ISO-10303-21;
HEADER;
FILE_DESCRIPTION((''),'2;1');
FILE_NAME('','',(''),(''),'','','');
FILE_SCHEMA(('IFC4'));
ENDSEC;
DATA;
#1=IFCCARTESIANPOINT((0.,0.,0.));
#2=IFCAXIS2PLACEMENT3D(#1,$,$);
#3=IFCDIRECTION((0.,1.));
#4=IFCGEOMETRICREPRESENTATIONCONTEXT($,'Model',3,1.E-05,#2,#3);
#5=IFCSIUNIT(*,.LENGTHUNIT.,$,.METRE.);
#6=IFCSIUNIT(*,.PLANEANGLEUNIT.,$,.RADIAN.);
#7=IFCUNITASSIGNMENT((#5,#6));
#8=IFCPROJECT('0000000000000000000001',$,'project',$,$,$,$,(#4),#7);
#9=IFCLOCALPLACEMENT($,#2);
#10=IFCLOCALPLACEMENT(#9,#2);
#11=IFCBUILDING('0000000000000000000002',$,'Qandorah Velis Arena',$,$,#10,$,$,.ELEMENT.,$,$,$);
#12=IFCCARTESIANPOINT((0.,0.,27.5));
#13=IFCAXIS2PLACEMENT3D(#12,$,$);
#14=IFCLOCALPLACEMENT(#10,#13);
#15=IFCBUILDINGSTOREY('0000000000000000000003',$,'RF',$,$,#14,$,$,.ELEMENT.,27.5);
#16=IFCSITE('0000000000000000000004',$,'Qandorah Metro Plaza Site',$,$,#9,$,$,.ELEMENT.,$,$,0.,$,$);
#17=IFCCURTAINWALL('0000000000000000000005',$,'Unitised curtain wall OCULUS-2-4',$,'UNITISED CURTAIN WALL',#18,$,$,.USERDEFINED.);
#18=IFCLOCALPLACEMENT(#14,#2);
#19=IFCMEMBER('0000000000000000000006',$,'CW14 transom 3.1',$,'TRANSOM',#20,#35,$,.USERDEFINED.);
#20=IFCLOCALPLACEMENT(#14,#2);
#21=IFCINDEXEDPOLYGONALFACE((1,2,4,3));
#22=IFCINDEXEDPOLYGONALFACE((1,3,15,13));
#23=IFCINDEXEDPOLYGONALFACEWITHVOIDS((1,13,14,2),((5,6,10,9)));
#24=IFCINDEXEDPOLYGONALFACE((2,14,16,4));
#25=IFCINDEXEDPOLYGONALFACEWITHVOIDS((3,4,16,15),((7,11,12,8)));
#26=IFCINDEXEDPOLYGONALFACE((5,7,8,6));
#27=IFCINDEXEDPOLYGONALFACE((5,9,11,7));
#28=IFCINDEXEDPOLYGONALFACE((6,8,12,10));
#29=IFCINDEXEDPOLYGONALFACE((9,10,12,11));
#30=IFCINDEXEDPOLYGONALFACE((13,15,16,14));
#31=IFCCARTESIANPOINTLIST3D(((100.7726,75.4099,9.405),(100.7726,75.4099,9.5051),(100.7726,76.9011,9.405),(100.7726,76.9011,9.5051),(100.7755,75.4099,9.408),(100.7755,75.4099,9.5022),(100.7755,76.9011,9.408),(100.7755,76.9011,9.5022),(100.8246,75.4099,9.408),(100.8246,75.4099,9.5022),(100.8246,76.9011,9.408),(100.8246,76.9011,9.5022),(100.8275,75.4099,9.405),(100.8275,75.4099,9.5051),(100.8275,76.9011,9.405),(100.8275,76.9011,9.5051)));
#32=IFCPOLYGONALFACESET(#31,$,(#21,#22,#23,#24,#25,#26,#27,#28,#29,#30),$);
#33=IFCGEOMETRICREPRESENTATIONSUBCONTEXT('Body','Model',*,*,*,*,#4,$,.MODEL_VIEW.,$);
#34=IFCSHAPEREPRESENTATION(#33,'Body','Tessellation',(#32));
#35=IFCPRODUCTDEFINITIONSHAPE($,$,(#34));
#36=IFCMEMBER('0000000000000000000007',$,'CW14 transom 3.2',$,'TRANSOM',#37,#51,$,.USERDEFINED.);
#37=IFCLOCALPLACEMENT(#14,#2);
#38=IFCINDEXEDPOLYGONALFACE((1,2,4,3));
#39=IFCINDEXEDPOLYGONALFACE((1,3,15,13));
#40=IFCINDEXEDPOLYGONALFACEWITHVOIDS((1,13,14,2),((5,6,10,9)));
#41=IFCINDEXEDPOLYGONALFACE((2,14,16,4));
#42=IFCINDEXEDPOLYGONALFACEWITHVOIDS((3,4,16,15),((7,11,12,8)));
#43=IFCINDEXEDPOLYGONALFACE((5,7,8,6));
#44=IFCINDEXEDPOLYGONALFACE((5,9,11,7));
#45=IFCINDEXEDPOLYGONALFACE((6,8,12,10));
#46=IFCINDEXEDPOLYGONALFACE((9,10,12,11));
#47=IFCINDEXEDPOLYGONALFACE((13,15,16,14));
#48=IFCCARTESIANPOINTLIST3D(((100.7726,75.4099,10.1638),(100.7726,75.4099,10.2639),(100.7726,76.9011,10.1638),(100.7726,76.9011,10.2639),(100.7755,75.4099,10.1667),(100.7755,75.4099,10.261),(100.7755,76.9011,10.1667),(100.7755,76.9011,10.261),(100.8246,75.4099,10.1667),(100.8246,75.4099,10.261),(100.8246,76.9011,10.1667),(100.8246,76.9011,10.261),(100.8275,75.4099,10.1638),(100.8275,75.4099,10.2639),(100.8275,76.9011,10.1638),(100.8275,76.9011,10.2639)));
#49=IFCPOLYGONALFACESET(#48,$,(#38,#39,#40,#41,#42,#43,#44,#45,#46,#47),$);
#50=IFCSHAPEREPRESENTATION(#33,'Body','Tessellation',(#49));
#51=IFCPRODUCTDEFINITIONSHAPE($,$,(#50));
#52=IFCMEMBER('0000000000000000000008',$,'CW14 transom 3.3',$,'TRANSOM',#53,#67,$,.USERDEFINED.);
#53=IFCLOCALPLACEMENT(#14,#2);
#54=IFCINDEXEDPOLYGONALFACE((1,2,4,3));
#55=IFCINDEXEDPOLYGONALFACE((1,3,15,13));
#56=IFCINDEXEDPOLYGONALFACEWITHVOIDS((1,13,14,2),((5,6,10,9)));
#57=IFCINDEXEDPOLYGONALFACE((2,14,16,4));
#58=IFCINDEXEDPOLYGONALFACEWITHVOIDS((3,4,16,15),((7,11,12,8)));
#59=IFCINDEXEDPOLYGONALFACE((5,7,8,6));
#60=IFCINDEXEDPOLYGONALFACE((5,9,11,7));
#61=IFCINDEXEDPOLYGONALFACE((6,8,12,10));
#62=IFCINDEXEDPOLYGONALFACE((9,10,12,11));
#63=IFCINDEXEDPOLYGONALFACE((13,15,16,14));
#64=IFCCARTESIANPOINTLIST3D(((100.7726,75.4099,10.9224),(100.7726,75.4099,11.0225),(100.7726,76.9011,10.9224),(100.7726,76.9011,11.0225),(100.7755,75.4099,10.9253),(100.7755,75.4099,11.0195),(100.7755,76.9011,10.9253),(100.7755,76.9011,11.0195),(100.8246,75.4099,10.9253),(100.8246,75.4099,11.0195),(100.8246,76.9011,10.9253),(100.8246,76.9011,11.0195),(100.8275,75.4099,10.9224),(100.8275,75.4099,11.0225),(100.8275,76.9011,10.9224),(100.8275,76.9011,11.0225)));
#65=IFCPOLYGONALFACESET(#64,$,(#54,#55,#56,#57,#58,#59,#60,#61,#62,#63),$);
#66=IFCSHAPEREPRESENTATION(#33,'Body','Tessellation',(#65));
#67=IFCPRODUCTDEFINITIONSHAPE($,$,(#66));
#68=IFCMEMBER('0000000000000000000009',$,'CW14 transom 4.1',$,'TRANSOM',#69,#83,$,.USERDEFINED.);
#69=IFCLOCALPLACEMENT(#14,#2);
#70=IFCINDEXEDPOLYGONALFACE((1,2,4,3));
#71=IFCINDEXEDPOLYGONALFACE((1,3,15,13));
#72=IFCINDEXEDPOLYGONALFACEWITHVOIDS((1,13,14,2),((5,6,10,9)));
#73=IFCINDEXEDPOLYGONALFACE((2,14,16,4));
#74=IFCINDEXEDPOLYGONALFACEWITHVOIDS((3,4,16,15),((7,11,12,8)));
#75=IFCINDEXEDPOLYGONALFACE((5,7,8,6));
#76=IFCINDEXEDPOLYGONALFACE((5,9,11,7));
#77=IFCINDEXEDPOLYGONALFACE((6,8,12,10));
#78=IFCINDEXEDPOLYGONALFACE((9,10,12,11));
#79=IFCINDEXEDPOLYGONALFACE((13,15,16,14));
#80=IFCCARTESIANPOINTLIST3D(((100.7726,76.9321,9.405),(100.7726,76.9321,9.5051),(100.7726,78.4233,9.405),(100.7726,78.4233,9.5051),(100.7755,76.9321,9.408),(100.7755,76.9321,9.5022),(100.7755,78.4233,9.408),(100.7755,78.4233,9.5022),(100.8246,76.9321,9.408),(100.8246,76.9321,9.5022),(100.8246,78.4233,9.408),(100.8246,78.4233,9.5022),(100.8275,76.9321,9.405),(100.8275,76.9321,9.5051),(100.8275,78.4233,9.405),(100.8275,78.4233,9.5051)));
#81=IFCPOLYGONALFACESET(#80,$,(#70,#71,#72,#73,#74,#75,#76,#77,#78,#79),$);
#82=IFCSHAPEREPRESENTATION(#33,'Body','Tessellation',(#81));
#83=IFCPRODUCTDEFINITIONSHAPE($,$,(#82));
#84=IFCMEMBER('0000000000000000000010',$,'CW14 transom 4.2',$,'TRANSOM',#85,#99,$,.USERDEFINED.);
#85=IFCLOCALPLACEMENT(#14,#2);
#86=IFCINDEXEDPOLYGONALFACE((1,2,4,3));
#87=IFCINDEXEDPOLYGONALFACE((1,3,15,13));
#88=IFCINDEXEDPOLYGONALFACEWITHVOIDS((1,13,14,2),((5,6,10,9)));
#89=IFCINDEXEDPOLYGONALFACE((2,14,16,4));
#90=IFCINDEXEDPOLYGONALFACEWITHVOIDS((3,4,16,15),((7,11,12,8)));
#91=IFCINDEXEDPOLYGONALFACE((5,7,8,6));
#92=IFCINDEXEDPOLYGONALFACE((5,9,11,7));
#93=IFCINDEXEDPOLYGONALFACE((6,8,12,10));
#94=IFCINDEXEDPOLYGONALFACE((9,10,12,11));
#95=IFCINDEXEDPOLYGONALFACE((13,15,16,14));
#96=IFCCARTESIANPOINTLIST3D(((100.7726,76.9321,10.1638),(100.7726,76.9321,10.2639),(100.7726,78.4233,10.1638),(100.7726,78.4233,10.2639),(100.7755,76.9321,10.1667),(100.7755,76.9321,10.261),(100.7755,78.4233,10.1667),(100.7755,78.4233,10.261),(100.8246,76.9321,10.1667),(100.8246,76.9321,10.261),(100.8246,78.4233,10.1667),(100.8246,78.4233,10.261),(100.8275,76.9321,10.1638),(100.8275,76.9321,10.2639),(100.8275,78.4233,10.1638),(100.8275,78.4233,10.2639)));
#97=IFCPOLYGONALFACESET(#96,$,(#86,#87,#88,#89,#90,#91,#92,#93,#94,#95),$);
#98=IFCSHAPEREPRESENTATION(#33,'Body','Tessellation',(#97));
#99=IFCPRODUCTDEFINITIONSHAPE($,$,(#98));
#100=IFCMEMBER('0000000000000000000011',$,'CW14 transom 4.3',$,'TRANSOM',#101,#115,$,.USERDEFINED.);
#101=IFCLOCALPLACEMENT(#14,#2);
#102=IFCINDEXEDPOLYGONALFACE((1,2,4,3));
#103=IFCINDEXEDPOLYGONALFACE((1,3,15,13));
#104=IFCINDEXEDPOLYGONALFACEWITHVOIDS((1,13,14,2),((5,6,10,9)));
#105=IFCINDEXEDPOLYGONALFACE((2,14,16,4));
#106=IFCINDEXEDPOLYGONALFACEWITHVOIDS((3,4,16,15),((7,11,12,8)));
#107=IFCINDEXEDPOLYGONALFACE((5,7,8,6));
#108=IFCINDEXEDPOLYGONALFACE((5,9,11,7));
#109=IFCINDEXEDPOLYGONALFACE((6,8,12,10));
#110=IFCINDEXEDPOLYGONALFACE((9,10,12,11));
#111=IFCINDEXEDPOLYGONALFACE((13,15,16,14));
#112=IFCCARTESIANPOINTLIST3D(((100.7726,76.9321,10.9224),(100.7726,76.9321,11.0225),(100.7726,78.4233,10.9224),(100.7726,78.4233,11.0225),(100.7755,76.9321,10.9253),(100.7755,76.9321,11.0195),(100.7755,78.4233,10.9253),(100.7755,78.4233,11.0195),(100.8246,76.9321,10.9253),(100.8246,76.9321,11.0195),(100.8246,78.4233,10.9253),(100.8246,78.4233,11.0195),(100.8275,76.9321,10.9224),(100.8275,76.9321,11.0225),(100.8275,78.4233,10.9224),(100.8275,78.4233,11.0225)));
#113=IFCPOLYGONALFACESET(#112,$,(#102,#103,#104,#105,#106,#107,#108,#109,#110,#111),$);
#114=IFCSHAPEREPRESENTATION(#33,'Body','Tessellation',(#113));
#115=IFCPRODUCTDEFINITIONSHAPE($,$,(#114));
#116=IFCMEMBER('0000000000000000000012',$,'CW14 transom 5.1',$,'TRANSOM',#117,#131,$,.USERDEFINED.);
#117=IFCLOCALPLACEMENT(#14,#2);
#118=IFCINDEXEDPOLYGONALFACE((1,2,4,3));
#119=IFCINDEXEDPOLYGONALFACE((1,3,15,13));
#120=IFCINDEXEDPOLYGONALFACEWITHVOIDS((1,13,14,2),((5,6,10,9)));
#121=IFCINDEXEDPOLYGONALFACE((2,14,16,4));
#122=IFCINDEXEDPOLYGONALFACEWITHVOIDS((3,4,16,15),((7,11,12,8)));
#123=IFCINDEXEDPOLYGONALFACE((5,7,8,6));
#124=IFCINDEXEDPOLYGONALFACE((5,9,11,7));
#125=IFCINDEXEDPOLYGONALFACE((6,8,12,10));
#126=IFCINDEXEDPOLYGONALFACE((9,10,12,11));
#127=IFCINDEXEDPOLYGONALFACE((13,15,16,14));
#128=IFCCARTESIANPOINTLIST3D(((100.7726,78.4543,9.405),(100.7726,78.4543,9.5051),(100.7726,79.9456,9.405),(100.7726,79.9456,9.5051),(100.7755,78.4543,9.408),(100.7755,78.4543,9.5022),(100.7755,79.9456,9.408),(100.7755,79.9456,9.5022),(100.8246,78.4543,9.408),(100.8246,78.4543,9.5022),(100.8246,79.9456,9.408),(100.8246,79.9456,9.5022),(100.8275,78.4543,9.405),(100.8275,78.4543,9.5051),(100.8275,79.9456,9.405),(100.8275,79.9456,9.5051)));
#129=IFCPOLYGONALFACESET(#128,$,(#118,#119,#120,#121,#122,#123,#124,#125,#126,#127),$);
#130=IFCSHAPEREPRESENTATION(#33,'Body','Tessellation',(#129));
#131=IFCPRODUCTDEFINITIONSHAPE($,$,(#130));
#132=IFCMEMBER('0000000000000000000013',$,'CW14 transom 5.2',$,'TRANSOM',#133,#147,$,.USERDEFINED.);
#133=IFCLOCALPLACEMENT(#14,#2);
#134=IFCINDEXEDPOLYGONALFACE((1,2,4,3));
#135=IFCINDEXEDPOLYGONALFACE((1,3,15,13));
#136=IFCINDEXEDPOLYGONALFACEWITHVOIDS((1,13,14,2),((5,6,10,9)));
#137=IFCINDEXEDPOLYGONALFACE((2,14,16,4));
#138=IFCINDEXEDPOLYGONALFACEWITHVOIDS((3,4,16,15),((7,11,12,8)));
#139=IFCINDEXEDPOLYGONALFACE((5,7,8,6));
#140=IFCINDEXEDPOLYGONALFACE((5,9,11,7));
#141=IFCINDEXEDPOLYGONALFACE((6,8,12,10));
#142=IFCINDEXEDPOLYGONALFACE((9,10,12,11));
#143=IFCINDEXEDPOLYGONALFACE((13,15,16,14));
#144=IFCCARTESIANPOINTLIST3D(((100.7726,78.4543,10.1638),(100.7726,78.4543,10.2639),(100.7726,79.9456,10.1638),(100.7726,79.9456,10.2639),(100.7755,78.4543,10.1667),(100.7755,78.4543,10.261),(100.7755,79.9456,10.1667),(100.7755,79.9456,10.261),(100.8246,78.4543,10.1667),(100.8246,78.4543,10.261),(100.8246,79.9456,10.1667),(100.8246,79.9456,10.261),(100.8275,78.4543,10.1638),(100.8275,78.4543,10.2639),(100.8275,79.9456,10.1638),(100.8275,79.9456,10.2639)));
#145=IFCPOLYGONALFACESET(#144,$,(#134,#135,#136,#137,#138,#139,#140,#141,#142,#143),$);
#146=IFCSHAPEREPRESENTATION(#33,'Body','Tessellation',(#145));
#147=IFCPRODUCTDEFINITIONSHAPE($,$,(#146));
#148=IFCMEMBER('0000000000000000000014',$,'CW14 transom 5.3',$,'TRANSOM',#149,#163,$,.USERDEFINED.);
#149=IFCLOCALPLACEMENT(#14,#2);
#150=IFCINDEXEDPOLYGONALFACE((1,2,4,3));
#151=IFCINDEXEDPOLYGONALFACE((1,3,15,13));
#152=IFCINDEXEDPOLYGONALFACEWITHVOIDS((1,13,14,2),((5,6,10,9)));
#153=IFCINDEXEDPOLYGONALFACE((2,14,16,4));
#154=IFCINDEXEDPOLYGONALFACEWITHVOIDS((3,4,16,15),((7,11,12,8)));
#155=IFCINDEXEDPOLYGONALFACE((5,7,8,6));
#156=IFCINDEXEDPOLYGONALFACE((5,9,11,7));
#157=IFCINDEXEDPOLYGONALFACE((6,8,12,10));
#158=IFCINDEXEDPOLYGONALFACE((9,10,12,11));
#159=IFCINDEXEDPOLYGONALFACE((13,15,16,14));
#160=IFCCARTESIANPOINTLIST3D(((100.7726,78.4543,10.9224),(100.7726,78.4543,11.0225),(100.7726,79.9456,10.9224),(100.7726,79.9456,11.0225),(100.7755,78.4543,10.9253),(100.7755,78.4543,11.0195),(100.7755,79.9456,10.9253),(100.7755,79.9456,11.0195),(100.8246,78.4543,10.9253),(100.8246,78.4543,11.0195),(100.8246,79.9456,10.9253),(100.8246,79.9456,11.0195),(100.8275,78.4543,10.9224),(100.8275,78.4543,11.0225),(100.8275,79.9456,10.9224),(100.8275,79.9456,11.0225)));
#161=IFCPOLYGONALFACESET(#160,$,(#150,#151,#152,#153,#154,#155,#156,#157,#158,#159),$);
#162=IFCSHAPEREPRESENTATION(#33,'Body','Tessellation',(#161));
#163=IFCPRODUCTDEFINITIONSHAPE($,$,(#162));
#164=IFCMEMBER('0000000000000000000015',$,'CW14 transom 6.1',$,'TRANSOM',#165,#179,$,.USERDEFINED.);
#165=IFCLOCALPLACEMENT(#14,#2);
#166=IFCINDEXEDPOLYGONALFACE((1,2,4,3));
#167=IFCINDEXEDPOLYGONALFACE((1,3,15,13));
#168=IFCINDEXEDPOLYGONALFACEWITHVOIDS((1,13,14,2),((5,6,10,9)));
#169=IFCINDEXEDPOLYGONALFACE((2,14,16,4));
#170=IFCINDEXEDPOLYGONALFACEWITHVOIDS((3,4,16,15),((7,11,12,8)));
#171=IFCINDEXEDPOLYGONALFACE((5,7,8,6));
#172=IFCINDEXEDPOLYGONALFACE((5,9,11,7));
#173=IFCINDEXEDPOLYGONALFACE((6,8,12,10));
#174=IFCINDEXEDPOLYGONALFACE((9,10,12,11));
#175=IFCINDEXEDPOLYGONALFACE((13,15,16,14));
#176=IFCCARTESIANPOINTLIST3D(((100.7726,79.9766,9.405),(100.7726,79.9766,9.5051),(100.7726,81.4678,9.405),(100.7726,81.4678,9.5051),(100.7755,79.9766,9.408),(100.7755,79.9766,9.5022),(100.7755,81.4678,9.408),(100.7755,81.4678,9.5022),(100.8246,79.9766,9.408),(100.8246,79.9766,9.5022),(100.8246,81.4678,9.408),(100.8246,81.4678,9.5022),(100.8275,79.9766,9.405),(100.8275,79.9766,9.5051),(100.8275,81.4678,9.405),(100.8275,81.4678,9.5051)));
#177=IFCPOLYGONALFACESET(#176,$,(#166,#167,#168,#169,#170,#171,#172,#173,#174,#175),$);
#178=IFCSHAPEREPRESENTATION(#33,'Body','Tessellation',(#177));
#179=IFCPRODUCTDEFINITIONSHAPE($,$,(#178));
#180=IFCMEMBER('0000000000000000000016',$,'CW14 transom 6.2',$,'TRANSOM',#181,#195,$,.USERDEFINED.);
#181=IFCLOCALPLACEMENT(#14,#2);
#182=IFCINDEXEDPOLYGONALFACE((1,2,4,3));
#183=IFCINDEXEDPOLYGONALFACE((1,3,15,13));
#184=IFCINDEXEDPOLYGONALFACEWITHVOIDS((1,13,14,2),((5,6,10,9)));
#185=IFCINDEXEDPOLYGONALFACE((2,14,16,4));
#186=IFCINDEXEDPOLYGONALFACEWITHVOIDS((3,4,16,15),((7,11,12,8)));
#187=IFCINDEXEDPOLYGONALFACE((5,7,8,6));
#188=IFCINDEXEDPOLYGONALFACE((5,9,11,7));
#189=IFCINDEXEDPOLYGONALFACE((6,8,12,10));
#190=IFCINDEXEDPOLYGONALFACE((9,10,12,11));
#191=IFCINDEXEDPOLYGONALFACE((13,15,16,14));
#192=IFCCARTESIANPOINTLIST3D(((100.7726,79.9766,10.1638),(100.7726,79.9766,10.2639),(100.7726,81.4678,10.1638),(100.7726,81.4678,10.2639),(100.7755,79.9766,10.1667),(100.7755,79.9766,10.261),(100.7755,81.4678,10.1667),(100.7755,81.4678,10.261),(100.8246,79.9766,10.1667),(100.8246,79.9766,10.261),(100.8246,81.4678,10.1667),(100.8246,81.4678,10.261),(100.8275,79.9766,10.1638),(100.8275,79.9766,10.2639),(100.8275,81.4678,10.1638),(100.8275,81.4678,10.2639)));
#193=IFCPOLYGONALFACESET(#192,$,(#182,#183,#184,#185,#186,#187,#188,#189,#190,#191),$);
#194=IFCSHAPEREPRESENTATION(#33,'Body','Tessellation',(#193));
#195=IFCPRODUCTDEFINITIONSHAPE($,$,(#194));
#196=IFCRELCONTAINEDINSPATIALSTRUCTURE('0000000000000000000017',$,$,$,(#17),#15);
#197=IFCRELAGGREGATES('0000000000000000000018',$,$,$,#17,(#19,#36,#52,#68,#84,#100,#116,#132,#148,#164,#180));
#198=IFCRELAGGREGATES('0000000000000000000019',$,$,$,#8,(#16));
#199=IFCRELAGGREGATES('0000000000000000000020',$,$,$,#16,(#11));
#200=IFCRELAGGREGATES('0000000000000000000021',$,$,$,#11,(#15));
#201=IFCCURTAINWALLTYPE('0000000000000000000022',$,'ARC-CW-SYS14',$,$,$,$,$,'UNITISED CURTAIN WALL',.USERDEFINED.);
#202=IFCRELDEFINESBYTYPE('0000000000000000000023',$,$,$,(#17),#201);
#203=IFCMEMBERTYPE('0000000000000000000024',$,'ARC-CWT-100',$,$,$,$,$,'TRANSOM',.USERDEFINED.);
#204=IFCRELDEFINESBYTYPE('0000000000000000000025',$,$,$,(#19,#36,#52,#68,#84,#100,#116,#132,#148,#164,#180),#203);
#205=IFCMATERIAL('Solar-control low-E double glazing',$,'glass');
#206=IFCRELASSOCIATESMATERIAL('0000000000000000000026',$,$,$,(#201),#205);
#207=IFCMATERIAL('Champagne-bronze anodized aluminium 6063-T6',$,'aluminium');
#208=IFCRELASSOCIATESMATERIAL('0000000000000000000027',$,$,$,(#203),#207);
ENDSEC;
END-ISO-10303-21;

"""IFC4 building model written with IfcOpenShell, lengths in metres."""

from ifc_helpers import new_model, si_unit, direction, frame, origin, origin_2d, place, context, subcontext, project, spatial, hollow_rectangle, extrude, material, material_profile, profile_set, type_object, element, aggregate, save


model = new_model("IFC4")

# Units and contexts
model_context = context("Model", 3, precision=1e-05, world=origin(), true_north=direction((0.0, 1.0)))
body_context = subcontext(model_context, "Body", "Model", "MODEL_VIEW")
ifc_project = project(units=[si_unit("LENGTHUNIT", "METRE"), si_unit("PLANEANGLEUNIT", "RADIAN")], contexts=[model_context])

# Site, building, storey
site_placement = place(None, origin())
site = spatial("IfcSite", under=ifc_project, at=site_placement, Name="Qandorah Metro Plaza Site", CompositionType="ELEMENT", RefElevation=0.0)
building_placement = place(site_placement, origin())
building = spatial("IfcBuilding", under=site, at=building_placement, Name="Qandorah Velis Arena", CompositionType="ELEMENT")
storey_placement = place(building_placement, frame((0.0, 0.0, 27.5)))
storey = spatial("IfcBuildingStorey", under=building, at=storey_placement, Name="RF", CompositionType="ELEMENT", Elevation=27.5)

# Curtain wall, members
ifc_material_1 = material(Name="Solar-control low-E double glazing", Category="glass")
curtain_wall_type = type_object("IfcCurtainWallType", Name="ARC-CW-SYS14", ElementType="UNITISED CURTAIN WALL", PredefinedType="USERDEFINED", material=ifc_material_1)
curtain_wall_placement = place(storey_placement, origin())
curtain_wall = element("IfcCurtainWall", 1, at=curtain_wall_placement, inside=storey, type_object=curtain_wall_type, Name="Unitised curtain wall OCULUS-2-4", ObjectType="UNITISED CURTAIN WALL", PredefinedType="USERDEFINED")
ifc_material_2 = material(Name="Champagne-bronze anodized aluminium 6063-T6", Category="aluminium")
ifc_material_profile_1 = material_profile(ifc_material_2, hollow_rectangle(XDim=0.0549, YDim=0.1001, WallThickness=0.0029, at=origin_2d()), Name="ALU TRANSOM 55x100")
ifc_profile_set_1 = profile_set([ifc_material_profile_1], Name="Champagne-bronze anodized aluminium 6063-T6")
member_type_1 = type_object("IfcMemberType", Name="ARC-CWT-100", ElementType="TRANSOM", PredefinedType="USERDEFINED", material=ifc_profile_set_1)
member_1_placement = place(storey_placement, frame((100.8, 75.4099, 9.4551), z_axis=(0.0, 1.0, 0.0), x_axis=(-1.0, 0.0, 0.0)))
member_1 = element("IfcMember", 2, at=member_1_placement, type_object=member_type_1, Name="CW14 transom 3.1", ObjectType="TRANSOM", PredefinedType="USERDEFINED", context=body_context, shape_type="SweptSolid", body=[
    extrude(hollow_rectangle(XDim=0.0549, YDim=0.1001, WallThickness=0.0029, at=origin_2d()), origin(), (0.0, 0.0, 1.0), 1.4912),
])
member_2_placement = place(storey_placement, frame((100.8, 75.4099, 10.2139), z_axis=(0.0, 1.0, 0.0), x_axis=(-1.0, 0.0, 0.0)))
member_2 = element("IfcMember", 3, at=member_2_placement, type_object=member_type_1, Name="CW14 transom 3.2", ObjectType="TRANSOM", PredefinedType="USERDEFINED", context=body_context, shape_type="SweptSolid", body=[
    extrude(hollow_rectangle(XDim=0.0549, YDim=0.1001, WallThickness=0.0029, at=origin_2d()), origin(), (0.0, 0.0, 1.0), 1.4912),
])
member_3_placement = place(storey_placement, frame((100.8, 75.4099, 10.9724), z_axis=(0.0, 1.0, 0.0), x_axis=(-1.0, 0.0, 0.0)))
member_3 = element("IfcMember", 4, at=member_3_placement, type_object=member_type_1, Name="CW14 transom 3.3", ObjectType="TRANSOM", PredefinedType="USERDEFINED", context=body_context, shape_type="SweptSolid", body=[
    extrude(hollow_rectangle(XDim=0.0549, YDim=0.1001, WallThickness=0.0029, at=origin_2d()), origin(), (0.0, 0.0, 1.0), 1.4912),
])
member_4_placement = place(storey_placement, frame((100.8, 76.9321, 9.4551), z_axis=(0.0, 1.0, 0.0), x_axis=(-1.0, 0.0, 0.0)))
member_4 = element("IfcMember", 5, at=member_4_placement, type_object=member_type_1, Name="CW14 transom 4.1", ObjectType="TRANSOM", PredefinedType="USERDEFINED", context=body_context, shape_type="SweptSolid", body=[
    extrude(hollow_rectangle(XDim=0.0549, YDim=0.1001, WallThickness=0.0029, at=origin_2d()), origin(), (0.0, 0.0, 1.0), 1.4912),
])
member_5_placement = place(storey_placement, frame((100.8, 76.9321, 10.2139), z_axis=(0.0, 1.0, 0.0), x_axis=(-1.0, 0.0, 0.0)))
member_5 = element("IfcMember", 6, at=member_5_placement, type_object=member_type_1, Name="CW14 transom 4.2", ObjectType="TRANSOM", PredefinedType="USERDEFINED", context=body_context, shape_type="SweptSolid", body=[
    extrude(hollow_rectangle(XDim=0.0549, YDim=0.1001, WallThickness=0.0029, at=origin_2d()), origin(), (0.0, 0.0, 1.0), 1.4912),
])
member_6_placement = place(storey_placement, frame((100.8, 76.9321, 10.9724), z_axis=(0.0, 1.0, 0.0), x_axis=(-1.0, 0.0, 0.0)))
member_6 = element("IfcMember", 7, at=member_6_placement, type_object=member_type_1, Name="CW14 transom 4.3", ObjectType="TRANSOM", PredefinedType="USERDEFINED", context=body_context, shape_type="SweptSolid", body=[
    extrude(hollow_rectangle(XDim=0.0549, YDim=0.1001, WallThickness=0.0029, at=origin_2d()), origin(), (0.0, 0.0, 1.0), 1.4912),
])
member_7_placement = place(storey_placement, frame((100.8, 78.4543, 9.4551), z_axis=(0.0, 1.0, 0.0), x_axis=(-1.0, 0.0, 0.0)))
member_7 = element("IfcMember", 8, at=member_7_placement, type_object=member_type_1, Name="CW14 transom 5.1", ObjectType="TRANSOM", PredefinedType="USERDEFINED", context=body_context, shape_type="SweptSolid", body=[
    extrude(hollow_rectangle(XDim=0.0549, YDim=0.1001, WallThickness=0.0029, at=origin_2d()), origin(), (0.0, 0.0, 1.0), 1.4912),
])
member_8_placement = place(storey_placement, frame((100.8, 78.4543, 10.2139), z_axis=(0.0, 1.0, 0.0), x_axis=(-1.0, 0.0, 0.0)))
member_8 = element("IfcMember", 9, at=member_8_placement, type_object=member_type_1, Name="CW14 transom 5.2", ObjectType="TRANSOM", PredefinedType="USERDEFINED", context=body_context, shape_type="SweptSolid", body=[
    extrude(hollow_rectangle(XDim=0.0549, YDim=0.1001, WallThickness=0.0029, at=origin_2d()), origin(), (0.0, 0.0, 1.0), 1.4912),
])
member_9_placement = place(storey_placement, frame((100.8, 78.4543, 10.9724), z_axis=(0.0, 1.0, 0.0), x_axis=(-1.0, 0.0, 0.0)))
member_9 = element("IfcMember", 10, at=member_9_placement, type_object=member_type_1, Name="CW14 transom 5.3", ObjectType="TRANSOM", PredefinedType="USERDEFINED", context=body_context, shape_type="SweptSolid", body=[
    extrude(hollow_rectangle(XDim=0.0549, YDim=0.1001, WallThickness=0.0029, at=origin_2d()), origin(), (0.0, 0.0, 1.0), 1.4912),
])
member_10_placement = place(storey_placement, frame((100.8, 79.9766, 9.4551), z_axis=(0.0, 1.0, 0.0), x_axis=(-1.0, 0.0, 0.0)))
member_10 = element("IfcMember", 11, at=member_10_placement, type_object=member_type_1, Name="CW14 transom 6.1", ObjectType="TRANSOM", PredefinedType="USERDEFINED", context=body_context, shape_type="SweptSolid", body=[
    extrude(hollow_rectangle(XDim=0.0549, YDim=0.1001, WallThickness=0.0029, at=origin_2d()), origin(), (0.0, 0.0, 1.0), 1.4912),
])
member_11_placement = place(storey_placement, frame((100.8, 79.9766, 10.2139), z_axis=(0.0, 1.0, 0.0), x_axis=(-1.0, 0.0, 0.0)))
member_11 = element("IfcMember", 12, at=member_11_placement, type_object=member_type_1, Name="CW14 transom 6.2", ObjectType="TRANSOM", PredefinedType="USERDEFINED", context=body_context, shape_type="SweptSolid", body=[
    extrude(hollow_rectangle(XDim=0.0549, YDim=0.1001, WallThickness=0.0029, at=origin_2d()), origin(), (0.0, 0.0, 1.0), 1.4912),
])

aggregate(curtain_wall, [member_1, member_2, member_3, member_4, member_5, member_6, member_7, member_8, member_9, member_10, member_11])

save(model, "model.ifc")
